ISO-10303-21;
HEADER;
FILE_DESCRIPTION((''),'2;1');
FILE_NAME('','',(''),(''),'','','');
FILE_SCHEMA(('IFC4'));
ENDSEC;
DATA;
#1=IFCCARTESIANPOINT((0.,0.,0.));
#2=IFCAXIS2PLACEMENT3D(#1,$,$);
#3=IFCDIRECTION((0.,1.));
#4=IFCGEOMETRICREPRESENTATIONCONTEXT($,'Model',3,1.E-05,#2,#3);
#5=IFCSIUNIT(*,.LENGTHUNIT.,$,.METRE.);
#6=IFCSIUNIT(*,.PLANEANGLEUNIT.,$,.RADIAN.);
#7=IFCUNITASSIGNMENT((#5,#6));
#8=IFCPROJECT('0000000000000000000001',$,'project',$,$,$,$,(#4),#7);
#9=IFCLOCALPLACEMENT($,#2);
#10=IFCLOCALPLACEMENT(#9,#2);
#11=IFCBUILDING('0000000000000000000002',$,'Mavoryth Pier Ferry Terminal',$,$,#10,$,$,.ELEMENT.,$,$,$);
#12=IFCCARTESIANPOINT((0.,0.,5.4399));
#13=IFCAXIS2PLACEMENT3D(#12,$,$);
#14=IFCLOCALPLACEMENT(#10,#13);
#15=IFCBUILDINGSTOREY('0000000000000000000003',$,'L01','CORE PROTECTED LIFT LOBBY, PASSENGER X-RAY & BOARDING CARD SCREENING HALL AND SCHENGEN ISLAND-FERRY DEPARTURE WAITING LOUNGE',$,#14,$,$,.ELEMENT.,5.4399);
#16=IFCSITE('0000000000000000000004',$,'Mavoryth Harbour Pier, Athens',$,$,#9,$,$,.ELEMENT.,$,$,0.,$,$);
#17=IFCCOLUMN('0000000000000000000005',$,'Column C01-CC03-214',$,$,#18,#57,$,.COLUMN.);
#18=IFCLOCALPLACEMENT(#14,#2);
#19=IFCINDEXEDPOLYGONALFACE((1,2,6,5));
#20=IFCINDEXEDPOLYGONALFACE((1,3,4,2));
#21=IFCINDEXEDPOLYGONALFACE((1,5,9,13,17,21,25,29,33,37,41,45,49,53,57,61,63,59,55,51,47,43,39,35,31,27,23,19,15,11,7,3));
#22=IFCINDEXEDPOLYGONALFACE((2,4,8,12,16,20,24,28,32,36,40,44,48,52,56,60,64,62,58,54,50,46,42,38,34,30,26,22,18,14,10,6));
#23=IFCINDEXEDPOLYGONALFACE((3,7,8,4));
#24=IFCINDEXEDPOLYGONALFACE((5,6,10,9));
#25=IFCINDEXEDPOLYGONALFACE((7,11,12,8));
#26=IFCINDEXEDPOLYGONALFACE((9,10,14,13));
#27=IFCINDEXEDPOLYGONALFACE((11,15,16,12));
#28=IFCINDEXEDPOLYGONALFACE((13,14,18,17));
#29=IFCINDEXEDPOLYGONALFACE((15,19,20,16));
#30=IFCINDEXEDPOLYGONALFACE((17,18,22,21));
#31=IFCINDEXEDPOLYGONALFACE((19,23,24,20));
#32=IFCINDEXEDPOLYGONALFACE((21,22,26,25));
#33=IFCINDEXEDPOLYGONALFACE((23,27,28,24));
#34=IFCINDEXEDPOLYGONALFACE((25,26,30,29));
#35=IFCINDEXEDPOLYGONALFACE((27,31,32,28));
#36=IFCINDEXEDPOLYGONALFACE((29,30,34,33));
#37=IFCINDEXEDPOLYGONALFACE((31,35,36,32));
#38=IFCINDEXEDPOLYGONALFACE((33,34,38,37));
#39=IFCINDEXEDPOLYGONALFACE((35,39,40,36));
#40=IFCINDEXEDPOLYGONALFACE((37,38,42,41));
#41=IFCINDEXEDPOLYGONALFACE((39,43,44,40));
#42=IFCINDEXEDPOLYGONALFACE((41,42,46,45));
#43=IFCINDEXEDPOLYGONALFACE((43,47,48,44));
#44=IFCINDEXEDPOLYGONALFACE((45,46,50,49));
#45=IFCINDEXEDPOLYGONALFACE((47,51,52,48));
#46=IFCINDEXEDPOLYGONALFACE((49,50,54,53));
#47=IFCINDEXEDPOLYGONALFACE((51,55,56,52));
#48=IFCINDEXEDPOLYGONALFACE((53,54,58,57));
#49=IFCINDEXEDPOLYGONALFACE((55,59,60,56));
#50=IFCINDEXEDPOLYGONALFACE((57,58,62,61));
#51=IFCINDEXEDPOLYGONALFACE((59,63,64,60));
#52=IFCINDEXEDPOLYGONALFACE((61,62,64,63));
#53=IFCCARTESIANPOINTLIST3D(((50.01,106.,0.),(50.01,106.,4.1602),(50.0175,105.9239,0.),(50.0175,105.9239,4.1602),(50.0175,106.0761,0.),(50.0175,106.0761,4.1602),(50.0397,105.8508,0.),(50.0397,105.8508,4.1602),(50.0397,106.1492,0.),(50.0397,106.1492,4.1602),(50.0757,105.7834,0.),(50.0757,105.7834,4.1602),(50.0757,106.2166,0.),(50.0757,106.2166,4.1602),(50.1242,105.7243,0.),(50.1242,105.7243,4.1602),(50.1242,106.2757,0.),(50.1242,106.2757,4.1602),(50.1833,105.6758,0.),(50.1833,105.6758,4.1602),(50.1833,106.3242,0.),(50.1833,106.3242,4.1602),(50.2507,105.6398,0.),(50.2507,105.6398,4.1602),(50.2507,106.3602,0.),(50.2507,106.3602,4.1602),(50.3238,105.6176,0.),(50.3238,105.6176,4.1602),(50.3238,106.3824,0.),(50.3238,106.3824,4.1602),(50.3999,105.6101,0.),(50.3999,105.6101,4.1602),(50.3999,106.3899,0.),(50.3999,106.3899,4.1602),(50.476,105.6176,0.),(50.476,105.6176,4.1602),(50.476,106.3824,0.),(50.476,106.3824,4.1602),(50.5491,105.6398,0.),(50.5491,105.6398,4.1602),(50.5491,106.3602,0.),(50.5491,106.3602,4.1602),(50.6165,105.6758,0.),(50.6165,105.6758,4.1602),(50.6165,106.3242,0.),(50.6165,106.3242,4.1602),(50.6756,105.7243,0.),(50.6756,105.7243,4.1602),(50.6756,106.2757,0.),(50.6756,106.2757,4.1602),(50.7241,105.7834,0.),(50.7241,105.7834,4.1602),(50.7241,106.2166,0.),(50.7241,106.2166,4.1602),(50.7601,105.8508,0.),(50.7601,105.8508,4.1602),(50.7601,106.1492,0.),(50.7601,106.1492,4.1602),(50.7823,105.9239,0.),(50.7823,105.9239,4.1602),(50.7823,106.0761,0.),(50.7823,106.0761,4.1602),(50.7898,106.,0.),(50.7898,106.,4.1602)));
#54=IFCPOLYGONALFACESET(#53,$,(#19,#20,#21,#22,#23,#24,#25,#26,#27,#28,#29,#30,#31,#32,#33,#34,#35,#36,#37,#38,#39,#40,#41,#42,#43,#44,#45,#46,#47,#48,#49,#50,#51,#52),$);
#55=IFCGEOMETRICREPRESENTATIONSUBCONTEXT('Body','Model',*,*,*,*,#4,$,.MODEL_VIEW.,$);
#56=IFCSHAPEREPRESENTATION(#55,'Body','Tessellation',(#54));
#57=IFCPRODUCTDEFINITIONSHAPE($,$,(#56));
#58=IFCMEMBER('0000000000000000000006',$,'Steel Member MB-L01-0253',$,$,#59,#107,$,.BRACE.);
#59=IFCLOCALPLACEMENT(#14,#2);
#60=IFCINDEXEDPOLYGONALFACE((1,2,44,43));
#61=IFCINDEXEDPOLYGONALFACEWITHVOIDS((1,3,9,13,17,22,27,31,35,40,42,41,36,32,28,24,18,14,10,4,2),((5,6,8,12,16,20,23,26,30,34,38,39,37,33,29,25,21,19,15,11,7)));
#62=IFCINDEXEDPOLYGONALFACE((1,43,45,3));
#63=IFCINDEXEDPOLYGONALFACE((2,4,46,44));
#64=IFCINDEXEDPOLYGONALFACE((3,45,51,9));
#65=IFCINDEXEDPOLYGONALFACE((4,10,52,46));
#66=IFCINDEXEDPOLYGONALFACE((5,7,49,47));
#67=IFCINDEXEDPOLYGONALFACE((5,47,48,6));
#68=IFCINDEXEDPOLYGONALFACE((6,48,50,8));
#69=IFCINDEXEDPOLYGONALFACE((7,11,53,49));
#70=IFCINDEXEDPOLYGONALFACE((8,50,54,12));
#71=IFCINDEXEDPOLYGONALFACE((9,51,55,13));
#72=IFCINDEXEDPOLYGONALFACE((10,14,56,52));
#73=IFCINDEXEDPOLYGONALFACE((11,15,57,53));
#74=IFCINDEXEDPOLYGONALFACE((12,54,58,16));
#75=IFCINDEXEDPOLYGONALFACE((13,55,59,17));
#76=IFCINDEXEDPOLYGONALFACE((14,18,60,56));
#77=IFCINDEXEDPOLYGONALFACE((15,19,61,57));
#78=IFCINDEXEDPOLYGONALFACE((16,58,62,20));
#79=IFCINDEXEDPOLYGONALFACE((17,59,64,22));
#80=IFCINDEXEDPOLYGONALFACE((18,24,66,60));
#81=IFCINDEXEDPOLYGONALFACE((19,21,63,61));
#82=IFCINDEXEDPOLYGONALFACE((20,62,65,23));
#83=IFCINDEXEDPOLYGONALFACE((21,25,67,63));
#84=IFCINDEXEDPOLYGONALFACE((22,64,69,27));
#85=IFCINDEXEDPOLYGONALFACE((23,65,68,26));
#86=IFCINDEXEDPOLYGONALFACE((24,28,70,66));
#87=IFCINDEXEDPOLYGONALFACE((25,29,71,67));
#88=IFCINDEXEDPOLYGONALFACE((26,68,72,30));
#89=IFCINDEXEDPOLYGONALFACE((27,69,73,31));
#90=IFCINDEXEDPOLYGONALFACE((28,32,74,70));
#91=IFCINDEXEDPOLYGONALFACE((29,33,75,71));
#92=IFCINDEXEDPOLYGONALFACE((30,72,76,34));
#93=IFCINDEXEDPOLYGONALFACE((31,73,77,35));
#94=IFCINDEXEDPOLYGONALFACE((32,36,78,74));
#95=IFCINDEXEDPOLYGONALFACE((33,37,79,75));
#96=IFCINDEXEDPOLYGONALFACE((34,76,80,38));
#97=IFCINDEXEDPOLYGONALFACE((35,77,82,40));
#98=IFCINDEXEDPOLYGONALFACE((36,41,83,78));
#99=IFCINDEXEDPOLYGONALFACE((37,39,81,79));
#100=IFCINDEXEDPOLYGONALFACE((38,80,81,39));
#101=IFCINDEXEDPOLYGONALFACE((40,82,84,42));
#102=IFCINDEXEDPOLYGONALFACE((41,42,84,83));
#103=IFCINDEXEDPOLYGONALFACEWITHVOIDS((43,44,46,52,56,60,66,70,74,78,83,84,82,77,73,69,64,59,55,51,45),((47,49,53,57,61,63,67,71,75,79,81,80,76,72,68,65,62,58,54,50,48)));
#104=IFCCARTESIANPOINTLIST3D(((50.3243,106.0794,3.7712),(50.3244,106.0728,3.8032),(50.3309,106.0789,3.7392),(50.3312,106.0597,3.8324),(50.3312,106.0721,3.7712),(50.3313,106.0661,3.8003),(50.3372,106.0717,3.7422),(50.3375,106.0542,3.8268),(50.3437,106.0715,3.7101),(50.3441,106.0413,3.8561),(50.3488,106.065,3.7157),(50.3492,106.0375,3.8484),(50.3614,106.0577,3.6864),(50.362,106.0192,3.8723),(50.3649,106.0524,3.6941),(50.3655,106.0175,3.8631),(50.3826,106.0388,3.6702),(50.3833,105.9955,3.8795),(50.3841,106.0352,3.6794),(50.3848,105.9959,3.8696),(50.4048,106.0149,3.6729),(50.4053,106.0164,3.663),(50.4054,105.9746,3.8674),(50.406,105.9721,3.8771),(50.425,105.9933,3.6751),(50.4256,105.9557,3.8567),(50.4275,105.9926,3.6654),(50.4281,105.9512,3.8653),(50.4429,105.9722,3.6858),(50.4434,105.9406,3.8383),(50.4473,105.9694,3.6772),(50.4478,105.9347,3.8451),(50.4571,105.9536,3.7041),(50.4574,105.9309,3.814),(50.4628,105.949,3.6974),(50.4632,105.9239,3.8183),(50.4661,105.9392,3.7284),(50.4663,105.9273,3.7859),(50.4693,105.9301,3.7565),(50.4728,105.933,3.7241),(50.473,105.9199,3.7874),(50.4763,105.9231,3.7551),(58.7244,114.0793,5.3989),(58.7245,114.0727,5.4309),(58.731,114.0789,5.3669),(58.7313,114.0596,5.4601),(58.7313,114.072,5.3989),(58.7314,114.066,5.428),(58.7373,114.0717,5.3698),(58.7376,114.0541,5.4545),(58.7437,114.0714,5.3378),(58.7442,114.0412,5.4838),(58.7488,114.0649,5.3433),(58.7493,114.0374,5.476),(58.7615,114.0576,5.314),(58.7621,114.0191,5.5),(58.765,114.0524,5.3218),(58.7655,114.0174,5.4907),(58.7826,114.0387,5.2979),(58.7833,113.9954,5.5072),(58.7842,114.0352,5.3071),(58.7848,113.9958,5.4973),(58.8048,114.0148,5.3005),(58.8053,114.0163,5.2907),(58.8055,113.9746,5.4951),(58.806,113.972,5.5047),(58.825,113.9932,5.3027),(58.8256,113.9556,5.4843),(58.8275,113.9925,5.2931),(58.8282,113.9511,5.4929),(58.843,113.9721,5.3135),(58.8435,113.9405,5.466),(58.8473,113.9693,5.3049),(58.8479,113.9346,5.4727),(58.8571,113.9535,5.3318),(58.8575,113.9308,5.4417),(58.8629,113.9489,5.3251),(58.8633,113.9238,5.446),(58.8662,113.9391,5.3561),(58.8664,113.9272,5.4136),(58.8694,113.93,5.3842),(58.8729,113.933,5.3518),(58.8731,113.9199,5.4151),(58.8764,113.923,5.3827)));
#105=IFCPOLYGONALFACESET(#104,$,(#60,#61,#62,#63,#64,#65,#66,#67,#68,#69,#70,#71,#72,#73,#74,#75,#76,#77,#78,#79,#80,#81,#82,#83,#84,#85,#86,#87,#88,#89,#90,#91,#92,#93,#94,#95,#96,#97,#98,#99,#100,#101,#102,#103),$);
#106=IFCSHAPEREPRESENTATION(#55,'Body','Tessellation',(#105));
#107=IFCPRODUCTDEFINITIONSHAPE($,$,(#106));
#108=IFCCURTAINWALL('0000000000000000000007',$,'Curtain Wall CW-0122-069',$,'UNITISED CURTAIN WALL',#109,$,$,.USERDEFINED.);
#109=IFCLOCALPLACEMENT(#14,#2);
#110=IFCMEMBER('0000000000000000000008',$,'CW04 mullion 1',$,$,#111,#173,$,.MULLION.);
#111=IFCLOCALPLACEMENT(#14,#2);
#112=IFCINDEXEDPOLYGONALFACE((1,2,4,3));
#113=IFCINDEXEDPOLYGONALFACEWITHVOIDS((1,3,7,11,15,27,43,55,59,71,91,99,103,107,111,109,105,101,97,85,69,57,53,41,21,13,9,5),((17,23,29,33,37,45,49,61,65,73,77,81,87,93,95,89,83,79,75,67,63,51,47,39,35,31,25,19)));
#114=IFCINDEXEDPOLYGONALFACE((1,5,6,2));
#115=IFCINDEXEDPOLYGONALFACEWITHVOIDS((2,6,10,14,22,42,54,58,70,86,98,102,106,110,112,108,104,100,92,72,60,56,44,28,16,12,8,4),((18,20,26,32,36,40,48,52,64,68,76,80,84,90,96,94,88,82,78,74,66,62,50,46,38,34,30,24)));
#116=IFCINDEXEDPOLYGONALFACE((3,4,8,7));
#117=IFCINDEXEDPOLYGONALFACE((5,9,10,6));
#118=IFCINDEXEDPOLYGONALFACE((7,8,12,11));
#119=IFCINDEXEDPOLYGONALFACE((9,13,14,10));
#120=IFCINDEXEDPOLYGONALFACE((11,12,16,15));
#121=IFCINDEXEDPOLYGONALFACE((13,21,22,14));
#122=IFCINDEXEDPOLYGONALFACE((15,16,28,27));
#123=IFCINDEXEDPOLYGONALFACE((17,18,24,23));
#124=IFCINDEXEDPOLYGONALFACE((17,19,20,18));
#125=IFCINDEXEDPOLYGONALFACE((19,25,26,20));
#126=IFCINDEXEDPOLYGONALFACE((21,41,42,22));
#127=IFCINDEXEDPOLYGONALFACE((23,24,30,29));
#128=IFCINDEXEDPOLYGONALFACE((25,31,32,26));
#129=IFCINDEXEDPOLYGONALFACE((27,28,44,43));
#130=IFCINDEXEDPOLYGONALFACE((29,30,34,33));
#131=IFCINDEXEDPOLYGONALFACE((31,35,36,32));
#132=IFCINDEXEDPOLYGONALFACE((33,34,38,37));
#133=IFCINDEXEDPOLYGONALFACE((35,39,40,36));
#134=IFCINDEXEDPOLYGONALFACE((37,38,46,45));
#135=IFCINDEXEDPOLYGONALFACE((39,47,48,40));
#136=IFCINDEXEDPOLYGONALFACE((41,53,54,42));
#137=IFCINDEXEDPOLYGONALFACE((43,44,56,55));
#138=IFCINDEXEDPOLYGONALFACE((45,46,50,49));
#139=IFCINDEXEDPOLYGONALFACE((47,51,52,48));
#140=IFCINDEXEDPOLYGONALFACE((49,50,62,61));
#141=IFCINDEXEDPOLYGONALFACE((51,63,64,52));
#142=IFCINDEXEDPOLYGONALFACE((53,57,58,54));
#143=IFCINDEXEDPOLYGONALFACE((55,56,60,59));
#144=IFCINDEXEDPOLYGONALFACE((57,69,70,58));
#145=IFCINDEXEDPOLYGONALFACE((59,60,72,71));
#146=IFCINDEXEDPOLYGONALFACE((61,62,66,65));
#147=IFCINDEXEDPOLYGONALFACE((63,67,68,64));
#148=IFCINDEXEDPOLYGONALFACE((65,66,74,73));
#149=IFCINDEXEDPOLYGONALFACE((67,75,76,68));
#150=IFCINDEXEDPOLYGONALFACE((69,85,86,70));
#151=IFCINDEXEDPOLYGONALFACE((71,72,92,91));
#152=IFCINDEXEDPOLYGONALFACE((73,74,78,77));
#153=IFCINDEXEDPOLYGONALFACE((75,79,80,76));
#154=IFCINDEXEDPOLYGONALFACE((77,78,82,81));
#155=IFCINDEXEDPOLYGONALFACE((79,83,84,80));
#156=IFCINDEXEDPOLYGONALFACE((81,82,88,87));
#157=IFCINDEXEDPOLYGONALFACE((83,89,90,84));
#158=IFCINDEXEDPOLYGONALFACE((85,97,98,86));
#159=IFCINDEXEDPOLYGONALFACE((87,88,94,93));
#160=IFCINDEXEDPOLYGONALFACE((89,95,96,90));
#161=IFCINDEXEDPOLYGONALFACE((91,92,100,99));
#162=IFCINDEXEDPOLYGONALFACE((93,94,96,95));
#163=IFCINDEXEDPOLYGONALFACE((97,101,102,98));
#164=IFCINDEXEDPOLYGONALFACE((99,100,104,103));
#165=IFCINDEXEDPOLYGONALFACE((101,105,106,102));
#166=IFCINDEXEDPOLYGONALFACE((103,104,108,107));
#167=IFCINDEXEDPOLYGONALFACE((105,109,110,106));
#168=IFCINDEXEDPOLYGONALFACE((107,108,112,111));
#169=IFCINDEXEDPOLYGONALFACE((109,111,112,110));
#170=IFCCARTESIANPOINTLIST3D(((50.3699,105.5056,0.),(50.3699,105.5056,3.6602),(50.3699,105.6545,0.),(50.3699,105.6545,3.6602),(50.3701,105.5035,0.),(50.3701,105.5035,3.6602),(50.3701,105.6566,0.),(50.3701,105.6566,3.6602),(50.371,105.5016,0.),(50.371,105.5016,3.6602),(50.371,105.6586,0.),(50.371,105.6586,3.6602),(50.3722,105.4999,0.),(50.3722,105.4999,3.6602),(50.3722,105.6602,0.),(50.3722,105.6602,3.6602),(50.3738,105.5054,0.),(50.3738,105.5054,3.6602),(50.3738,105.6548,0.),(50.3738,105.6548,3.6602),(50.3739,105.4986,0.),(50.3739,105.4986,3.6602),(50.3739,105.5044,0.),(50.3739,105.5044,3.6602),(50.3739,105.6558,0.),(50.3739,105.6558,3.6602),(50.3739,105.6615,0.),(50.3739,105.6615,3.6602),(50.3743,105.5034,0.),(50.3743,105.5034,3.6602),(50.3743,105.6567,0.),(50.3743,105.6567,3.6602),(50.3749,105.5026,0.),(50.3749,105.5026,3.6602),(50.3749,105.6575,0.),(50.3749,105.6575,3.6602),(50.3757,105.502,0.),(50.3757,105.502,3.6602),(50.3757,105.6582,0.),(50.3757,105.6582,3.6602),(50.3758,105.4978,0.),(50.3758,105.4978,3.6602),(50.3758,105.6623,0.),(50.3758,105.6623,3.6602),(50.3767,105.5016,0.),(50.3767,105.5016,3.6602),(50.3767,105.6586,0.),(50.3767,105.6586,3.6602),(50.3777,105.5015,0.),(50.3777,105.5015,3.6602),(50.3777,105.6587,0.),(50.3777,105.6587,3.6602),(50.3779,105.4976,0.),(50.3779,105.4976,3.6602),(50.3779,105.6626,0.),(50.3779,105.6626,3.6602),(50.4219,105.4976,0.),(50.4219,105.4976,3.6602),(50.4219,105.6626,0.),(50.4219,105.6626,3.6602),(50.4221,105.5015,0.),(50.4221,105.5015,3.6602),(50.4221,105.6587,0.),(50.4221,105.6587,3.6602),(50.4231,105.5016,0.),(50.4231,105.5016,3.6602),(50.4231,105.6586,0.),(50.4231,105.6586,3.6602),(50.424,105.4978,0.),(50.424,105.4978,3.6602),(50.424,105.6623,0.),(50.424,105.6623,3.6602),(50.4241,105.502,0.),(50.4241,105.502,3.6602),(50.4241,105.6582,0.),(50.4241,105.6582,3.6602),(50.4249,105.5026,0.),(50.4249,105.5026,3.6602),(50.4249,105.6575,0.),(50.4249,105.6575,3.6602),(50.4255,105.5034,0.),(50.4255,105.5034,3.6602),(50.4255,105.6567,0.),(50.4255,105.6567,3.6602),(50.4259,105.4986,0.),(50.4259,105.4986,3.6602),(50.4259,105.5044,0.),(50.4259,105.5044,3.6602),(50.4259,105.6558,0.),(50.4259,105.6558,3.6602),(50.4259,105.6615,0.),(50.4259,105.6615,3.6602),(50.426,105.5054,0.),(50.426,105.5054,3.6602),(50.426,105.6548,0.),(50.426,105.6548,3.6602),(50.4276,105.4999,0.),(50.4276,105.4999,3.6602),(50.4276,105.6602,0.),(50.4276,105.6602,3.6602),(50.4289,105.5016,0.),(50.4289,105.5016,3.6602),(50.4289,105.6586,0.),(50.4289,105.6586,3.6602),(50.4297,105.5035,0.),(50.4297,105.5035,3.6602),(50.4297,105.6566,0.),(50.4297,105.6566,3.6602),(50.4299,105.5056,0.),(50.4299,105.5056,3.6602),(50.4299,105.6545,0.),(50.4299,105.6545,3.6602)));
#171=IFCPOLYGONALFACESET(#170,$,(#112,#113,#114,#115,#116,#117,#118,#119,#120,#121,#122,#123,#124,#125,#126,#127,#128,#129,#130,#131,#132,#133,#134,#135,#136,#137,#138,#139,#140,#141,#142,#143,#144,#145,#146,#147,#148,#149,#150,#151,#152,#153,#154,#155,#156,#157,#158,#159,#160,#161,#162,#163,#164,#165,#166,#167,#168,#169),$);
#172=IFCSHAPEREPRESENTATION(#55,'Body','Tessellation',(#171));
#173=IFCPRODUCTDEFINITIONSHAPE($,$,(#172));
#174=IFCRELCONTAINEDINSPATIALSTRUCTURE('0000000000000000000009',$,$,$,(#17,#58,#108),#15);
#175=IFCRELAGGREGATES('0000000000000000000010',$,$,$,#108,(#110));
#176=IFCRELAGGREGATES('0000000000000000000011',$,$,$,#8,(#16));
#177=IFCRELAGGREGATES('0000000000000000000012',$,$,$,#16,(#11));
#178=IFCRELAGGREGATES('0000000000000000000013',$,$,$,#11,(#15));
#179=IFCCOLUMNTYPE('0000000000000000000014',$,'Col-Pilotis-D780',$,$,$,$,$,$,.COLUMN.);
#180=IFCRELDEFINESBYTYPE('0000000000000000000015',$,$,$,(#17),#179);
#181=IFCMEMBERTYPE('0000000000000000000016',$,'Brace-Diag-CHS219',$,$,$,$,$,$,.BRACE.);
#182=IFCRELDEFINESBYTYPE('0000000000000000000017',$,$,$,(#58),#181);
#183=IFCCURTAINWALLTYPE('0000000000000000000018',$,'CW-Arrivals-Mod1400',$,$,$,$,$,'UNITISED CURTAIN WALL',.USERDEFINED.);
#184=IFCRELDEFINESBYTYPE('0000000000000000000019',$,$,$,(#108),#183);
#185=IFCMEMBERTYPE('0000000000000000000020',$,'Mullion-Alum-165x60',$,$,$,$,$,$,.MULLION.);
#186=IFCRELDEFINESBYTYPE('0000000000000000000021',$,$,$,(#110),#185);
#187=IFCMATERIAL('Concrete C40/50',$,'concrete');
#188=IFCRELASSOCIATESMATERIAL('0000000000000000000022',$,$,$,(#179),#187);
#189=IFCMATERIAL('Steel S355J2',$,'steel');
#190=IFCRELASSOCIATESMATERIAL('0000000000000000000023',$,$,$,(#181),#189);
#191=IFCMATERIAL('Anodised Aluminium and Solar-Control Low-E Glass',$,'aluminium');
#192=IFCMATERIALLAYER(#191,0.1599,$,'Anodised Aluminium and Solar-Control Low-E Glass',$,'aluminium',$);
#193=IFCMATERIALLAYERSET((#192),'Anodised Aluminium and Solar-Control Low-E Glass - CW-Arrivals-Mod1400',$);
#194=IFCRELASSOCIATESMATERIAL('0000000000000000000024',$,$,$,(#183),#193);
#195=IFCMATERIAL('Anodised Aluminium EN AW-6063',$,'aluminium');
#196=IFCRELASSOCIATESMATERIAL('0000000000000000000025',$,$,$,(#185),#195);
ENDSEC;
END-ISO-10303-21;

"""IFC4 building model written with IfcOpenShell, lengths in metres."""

from ifc_helpers import new_model, si_unit, direction, frame, origin, origin_2d, place, context, subcontext, project, spatial, hollow_rectangle, circle, hollow_circle, extrude, material, layer, layer_set, material_profile, profile_set, type_object, element, aggregate, save


model = new_model("IFC4")

# Units and contexts
model_context = context("Model", 3, precision=1e-05, world=origin(), true_north=direction((0.0, 1.0)))
body_context = subcontext(model_context, "Body", "Model", "MODEL_VIEW")
ifc_project = project(units=[si_unit("LENGTHUNIT", "METRE"), si_unit("PLANEANGLEUNIT", "RADIAN")], contexts=[model_context])

# Site, building, storey
site_placement = place(None, origin())
site = spatial("IfcSite", under=ifc_project, at=site_placement, Name="Mavoryth Harbour Pier, Athens", CompositionType="ELEMENT", RefElevation=0.0)
building_placement = place(site_placement, origin())
building = spatial("IfcBuilding", under=site, at=building_placement, Name="Mavoryth Pier Ferry Terminal", CompositionType="ELEMENT")
storey_placement = place(building_placement, frame((0.0, 0.0, 5.4399)))
storey = spatial("IfcBuildingStorey", under=building, at=storey_placement, Name="L01", Description="CORE PROTECTED LIFT LOBBY, PASSENGER X-RAY & BOARDING CARD SCREENING HALL AND SCHENGEN ISLAND-FERRY DEPARTURE WAITING LOUNGE", CompositionType="ELEMENT", Elevation=5.4399)

# Column
ifc_material_1 = material(Name="Concrete C40/50", Category="concrete")
ifc_material_profile_1 = material_profile(ifc_material_1, circle(Radius=0.3899, at=origin_2d()), Name="RC D780", Category="concrete")
ifc_profile_set_1 = profile_set([ifc_material_profile_1], Name="Concrete C40/50 - RC D780")
column_type = type_object("IfcColumnType", Name="Col-Pilotis-D780", PredefinedType="COLUMN", material=ifc_profile_set_1)
column_placement = place(storey_placement, frame((50.3999, 106.0, 0.0), z_axis=(0.0, 0.0, 1.0), x_axis=(1.0, 0.0, 0.0)))
element("IfcColumn", 1, at=column_placement, inside=storey, type_object=column_type, Name="Column C01-CC03-214", PredefinedType="COLUMN", context=body_context, shape_type="SweptSolid", body=[
    extrude(circle(Radius=0.3899, at=origin_2d()), origin(), (0.0, 0.0, 1.0), 4.1602),
])

# Member
ifc_material_2 = material(Name="Steel S355J2", Category="steel")
ifc_material_profile_2 = material_profile(ifc_material_2, hollow_circle(Radius=0.1096, WallThickness=0.01, at=origin_2d()), Name="CHS 219.1x10.0", Category="steel")
ifc_profile_set_2 = profile_set([ifc_material_profile_2], Name="Steel S355J2 - CHS 219.1x10.0")
member_type_1 = type_object("IfcMemberType", Name="Brace-Diag-CHS219", PredefinedType="BRACE", material=ifc_profile_set_2)
member_1_placement = place(storey_placement, frame((50.3999, 106.0, 3.7712), z_axis=(0.717119, 0.682958, 0.138955), x_axis=(-0.689649, 0.724144, 0.0)))
element("IfcMember", 2, at=member_1_placement, inside=storey, type_object=member_type_1, Name="Steel Member MB-L01-0253", PredefinedType="BRACE", context=body_context, shape_type="SweptSolid", body=[
    extrude(hollow_circle(Radius=0.1096, WallThickness=0.01, at=origin_2d()), origin(), (0.0, 0.0, 1.0), 11.7136),
])

# Curtain wall, member
ifc_material_3 = material(Name="Anodised Aluminium and Solar-Control Low-E Glass", Category="aluminium")
ifc_layer_1 = layer(ifc_material_3, 0.1599, Name="Anodised Aluminium and Solar-Control Low-E Glass", Category="aluminium")
ifc_layer_set_1 = layer_set([ifc_layer_1], Name="Anodised Aluminium and Solar-Control Low-E Glass - CW-Arrivals-Mod1400")
curtain_wall_type = type_object("IfcCurtainWallType", Name="CW-Arrivals-Mod1400", ElementType="UNITISED CURTAIN WALL", PredefinedType="USERDEFINED", material=ifc_layer_set_1)
curtain_wall_placement = place(storey_placement, origin())
curtain_wall = element("IfcCurtainWall", 3, at=curtain_wall_placement, inside=storey, type_object=curtain_wall_type, Name="Curtain Wall CW-0122-069", ObjectType="UNITISED CURTAIN WALL", PredefinedType="USERDEFINED")
ifc_material_4 = material(Name="Anodised Aluminium EN AW-6063", Category="aluminium")
ifc_material_profile_3 = material_profile(ifc_material_4, hollow_rectangle(XDim=0.0601, YDim=0.165, WallThickness=0.0039, InnerFilletRadius=0.0039, OuterFilletRadius=0.0081, at=origin_2d()), Name="AL-MULL 165x60x4", Category="aluminium")
ifc_profile_set_3 = profile_set([ifc_material_profile_3], Name="Anodised Aluminium EN AW-6063 - AL-MULL 165x60x4")
member_type_2 = type_object("IfcMemberType", Name="Mullion-Alum-165x60", PredefinedType="MULLION", material=ifc_profile_set_3)
member_2_placement = place(storey_placement, frame((50.3999, 105.5801, 0.0), z_axis=(0.0, 0.0, 1.0), x_axis=(1.0, 0.0, 0.0)))
member_2 = element("IfcMember", 4, at=member_2_placement, type_object=member_type_2, Name="CW04 mullion 1", PredefinedType="MULLION", context=body_context, shape_type="SweptSolid", body=[
    extrude(hollow_rectangle(XDim=0.0601, YDim=0.165, WallThickness=0.0039, InnerFilletRadius=0.0039, OuterFilletRadius=0.0081, at=origin_2d()), origin(), (0.0, 0.0, 1.0), 3.6602),
])

aggregate(curtain_wall, [member_2])

save(model, "model.ifc")
